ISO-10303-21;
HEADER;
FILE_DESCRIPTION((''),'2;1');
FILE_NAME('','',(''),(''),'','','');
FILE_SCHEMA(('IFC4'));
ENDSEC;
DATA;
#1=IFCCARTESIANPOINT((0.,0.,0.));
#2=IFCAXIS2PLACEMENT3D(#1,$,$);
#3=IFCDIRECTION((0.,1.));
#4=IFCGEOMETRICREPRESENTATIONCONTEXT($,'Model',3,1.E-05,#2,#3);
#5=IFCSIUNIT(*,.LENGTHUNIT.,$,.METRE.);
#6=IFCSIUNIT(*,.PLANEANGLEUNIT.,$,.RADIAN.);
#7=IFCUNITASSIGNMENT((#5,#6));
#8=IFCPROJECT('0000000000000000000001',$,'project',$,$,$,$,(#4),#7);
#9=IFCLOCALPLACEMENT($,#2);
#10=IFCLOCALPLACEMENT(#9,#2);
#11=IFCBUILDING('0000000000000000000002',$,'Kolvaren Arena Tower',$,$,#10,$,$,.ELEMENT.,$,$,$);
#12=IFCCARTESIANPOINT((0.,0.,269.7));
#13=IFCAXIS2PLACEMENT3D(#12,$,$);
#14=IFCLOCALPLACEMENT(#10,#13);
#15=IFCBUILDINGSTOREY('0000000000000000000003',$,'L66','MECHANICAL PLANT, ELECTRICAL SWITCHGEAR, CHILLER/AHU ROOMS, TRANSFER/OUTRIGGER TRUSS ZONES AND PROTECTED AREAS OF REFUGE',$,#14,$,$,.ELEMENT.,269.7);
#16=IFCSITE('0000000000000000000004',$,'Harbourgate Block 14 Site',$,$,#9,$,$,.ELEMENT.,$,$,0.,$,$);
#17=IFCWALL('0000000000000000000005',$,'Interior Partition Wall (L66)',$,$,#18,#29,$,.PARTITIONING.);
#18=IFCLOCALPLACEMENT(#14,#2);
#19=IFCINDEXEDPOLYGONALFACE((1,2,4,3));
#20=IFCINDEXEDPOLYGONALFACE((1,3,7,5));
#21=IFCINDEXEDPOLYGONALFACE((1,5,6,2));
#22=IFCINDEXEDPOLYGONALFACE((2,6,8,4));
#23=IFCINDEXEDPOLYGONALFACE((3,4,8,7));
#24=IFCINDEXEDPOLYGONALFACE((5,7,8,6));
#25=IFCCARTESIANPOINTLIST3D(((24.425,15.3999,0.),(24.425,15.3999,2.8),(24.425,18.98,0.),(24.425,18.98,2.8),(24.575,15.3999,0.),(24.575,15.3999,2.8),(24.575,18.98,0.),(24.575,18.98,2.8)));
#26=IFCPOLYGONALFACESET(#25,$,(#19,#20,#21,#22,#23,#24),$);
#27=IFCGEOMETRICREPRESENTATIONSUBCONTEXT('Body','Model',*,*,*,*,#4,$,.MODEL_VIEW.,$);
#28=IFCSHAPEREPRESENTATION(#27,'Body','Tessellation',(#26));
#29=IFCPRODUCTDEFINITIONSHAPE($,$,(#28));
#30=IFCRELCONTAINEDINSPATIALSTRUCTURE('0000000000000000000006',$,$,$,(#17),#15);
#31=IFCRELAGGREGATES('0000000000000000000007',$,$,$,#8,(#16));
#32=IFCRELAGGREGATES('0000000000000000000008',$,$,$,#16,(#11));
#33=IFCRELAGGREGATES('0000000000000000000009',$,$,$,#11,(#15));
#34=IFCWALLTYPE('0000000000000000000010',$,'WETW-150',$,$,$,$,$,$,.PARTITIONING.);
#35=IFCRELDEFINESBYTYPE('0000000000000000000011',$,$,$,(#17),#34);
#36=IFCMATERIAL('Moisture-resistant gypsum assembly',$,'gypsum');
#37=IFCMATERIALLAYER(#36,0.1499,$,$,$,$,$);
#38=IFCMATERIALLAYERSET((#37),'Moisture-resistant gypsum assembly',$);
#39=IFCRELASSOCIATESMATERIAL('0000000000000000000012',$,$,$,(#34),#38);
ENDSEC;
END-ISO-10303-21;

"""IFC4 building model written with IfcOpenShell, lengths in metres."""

from ifc_helpers import new_model, si_unit, direction, frame, frame_2d, origin, place, context, subcontext, project, spatial, rectangle, extrude, material, layer, layer_set, type_object, element, save


model = new_model("IFC4")

# Units and contexts
model_context = context("Model", 3, precision=1e-05, world=origin(), true_north=direction((0.0, 1.0)))
body_context = subcontext(model_context, "Body", "Model", "MODEL_VIEW")
ifc_project = project(units=[si_unit("LENGTHUNIT", "METRE"), si_unit("PLANEANGLEUNIT", "RADIAN")], contexts=[model_context])

# Site, building, storey
site_placement = place(None, origin())
site = spatial("IfcSite", under=ifc_project, at=site_placement, Name="Harbourgate Block 14 Site", CompositionType="ELEMENT", RefElevation=0.0)
building_placement = place(site_placement, origin())
building = spatial("IfcBuilding", under=site, at=building_placement, Name="Kolvaren Arena Tower", CompositionType="ELEMENT")
storey_placement = place(building_placement, frame((0.0, 0.0, 269.7)))
storey = spatial("IfcBuildingStorey", under=building, at=storey_placement, Name="L66", Description="MECHANICAL PLANT, ELECTRICAL SWITCHGEAR, CHILLER/AHU ROOMS, TRANSFER/OUTRIGGER TRUSS ZONES AND PROTECTED AREAS OF REFUGE", CompositionType="ELEMENT", Elevation=269.7)

# Wall
ifc_material_1 = material(Name="Moisture-resistant gypsum assembly", Category="gypsum")
ifc_layer_1 = layer(ifc_material_1, 0.1499)
ifc_layer_set_1 = layer_set([ifc_layer_1], Name="Moisture-resistant gypsum assembly")
wall_type_1 = type_object("IfcWallType", Name="WETW-150", PredefinedType="PARTITIONING", material=ifc_layer_set_1)
wall_1_placement = place(storey_placement, frame((24.5, 15.3999, 0.0), z_axis=(0.0, 0.0, 1.0), x_axis=(0.0, 1.0, 0.0)))
element("IfcWall", 1, at=wall_1_placement, inside=storey, type_object=wall_type_1, Name="Interior Partition Wall (L66)", PredefinedType="PARTITIONING", context=body_context, shape_type="SweptSolid", body=[
    extrude(rectangle(XDim=3.5801, YDim=0.1499, at=frame_2d((1.79, 0.0))), origin(), (0.0, 0.0, 1.0), 2.8),
])

save(model, "model.ifc")
